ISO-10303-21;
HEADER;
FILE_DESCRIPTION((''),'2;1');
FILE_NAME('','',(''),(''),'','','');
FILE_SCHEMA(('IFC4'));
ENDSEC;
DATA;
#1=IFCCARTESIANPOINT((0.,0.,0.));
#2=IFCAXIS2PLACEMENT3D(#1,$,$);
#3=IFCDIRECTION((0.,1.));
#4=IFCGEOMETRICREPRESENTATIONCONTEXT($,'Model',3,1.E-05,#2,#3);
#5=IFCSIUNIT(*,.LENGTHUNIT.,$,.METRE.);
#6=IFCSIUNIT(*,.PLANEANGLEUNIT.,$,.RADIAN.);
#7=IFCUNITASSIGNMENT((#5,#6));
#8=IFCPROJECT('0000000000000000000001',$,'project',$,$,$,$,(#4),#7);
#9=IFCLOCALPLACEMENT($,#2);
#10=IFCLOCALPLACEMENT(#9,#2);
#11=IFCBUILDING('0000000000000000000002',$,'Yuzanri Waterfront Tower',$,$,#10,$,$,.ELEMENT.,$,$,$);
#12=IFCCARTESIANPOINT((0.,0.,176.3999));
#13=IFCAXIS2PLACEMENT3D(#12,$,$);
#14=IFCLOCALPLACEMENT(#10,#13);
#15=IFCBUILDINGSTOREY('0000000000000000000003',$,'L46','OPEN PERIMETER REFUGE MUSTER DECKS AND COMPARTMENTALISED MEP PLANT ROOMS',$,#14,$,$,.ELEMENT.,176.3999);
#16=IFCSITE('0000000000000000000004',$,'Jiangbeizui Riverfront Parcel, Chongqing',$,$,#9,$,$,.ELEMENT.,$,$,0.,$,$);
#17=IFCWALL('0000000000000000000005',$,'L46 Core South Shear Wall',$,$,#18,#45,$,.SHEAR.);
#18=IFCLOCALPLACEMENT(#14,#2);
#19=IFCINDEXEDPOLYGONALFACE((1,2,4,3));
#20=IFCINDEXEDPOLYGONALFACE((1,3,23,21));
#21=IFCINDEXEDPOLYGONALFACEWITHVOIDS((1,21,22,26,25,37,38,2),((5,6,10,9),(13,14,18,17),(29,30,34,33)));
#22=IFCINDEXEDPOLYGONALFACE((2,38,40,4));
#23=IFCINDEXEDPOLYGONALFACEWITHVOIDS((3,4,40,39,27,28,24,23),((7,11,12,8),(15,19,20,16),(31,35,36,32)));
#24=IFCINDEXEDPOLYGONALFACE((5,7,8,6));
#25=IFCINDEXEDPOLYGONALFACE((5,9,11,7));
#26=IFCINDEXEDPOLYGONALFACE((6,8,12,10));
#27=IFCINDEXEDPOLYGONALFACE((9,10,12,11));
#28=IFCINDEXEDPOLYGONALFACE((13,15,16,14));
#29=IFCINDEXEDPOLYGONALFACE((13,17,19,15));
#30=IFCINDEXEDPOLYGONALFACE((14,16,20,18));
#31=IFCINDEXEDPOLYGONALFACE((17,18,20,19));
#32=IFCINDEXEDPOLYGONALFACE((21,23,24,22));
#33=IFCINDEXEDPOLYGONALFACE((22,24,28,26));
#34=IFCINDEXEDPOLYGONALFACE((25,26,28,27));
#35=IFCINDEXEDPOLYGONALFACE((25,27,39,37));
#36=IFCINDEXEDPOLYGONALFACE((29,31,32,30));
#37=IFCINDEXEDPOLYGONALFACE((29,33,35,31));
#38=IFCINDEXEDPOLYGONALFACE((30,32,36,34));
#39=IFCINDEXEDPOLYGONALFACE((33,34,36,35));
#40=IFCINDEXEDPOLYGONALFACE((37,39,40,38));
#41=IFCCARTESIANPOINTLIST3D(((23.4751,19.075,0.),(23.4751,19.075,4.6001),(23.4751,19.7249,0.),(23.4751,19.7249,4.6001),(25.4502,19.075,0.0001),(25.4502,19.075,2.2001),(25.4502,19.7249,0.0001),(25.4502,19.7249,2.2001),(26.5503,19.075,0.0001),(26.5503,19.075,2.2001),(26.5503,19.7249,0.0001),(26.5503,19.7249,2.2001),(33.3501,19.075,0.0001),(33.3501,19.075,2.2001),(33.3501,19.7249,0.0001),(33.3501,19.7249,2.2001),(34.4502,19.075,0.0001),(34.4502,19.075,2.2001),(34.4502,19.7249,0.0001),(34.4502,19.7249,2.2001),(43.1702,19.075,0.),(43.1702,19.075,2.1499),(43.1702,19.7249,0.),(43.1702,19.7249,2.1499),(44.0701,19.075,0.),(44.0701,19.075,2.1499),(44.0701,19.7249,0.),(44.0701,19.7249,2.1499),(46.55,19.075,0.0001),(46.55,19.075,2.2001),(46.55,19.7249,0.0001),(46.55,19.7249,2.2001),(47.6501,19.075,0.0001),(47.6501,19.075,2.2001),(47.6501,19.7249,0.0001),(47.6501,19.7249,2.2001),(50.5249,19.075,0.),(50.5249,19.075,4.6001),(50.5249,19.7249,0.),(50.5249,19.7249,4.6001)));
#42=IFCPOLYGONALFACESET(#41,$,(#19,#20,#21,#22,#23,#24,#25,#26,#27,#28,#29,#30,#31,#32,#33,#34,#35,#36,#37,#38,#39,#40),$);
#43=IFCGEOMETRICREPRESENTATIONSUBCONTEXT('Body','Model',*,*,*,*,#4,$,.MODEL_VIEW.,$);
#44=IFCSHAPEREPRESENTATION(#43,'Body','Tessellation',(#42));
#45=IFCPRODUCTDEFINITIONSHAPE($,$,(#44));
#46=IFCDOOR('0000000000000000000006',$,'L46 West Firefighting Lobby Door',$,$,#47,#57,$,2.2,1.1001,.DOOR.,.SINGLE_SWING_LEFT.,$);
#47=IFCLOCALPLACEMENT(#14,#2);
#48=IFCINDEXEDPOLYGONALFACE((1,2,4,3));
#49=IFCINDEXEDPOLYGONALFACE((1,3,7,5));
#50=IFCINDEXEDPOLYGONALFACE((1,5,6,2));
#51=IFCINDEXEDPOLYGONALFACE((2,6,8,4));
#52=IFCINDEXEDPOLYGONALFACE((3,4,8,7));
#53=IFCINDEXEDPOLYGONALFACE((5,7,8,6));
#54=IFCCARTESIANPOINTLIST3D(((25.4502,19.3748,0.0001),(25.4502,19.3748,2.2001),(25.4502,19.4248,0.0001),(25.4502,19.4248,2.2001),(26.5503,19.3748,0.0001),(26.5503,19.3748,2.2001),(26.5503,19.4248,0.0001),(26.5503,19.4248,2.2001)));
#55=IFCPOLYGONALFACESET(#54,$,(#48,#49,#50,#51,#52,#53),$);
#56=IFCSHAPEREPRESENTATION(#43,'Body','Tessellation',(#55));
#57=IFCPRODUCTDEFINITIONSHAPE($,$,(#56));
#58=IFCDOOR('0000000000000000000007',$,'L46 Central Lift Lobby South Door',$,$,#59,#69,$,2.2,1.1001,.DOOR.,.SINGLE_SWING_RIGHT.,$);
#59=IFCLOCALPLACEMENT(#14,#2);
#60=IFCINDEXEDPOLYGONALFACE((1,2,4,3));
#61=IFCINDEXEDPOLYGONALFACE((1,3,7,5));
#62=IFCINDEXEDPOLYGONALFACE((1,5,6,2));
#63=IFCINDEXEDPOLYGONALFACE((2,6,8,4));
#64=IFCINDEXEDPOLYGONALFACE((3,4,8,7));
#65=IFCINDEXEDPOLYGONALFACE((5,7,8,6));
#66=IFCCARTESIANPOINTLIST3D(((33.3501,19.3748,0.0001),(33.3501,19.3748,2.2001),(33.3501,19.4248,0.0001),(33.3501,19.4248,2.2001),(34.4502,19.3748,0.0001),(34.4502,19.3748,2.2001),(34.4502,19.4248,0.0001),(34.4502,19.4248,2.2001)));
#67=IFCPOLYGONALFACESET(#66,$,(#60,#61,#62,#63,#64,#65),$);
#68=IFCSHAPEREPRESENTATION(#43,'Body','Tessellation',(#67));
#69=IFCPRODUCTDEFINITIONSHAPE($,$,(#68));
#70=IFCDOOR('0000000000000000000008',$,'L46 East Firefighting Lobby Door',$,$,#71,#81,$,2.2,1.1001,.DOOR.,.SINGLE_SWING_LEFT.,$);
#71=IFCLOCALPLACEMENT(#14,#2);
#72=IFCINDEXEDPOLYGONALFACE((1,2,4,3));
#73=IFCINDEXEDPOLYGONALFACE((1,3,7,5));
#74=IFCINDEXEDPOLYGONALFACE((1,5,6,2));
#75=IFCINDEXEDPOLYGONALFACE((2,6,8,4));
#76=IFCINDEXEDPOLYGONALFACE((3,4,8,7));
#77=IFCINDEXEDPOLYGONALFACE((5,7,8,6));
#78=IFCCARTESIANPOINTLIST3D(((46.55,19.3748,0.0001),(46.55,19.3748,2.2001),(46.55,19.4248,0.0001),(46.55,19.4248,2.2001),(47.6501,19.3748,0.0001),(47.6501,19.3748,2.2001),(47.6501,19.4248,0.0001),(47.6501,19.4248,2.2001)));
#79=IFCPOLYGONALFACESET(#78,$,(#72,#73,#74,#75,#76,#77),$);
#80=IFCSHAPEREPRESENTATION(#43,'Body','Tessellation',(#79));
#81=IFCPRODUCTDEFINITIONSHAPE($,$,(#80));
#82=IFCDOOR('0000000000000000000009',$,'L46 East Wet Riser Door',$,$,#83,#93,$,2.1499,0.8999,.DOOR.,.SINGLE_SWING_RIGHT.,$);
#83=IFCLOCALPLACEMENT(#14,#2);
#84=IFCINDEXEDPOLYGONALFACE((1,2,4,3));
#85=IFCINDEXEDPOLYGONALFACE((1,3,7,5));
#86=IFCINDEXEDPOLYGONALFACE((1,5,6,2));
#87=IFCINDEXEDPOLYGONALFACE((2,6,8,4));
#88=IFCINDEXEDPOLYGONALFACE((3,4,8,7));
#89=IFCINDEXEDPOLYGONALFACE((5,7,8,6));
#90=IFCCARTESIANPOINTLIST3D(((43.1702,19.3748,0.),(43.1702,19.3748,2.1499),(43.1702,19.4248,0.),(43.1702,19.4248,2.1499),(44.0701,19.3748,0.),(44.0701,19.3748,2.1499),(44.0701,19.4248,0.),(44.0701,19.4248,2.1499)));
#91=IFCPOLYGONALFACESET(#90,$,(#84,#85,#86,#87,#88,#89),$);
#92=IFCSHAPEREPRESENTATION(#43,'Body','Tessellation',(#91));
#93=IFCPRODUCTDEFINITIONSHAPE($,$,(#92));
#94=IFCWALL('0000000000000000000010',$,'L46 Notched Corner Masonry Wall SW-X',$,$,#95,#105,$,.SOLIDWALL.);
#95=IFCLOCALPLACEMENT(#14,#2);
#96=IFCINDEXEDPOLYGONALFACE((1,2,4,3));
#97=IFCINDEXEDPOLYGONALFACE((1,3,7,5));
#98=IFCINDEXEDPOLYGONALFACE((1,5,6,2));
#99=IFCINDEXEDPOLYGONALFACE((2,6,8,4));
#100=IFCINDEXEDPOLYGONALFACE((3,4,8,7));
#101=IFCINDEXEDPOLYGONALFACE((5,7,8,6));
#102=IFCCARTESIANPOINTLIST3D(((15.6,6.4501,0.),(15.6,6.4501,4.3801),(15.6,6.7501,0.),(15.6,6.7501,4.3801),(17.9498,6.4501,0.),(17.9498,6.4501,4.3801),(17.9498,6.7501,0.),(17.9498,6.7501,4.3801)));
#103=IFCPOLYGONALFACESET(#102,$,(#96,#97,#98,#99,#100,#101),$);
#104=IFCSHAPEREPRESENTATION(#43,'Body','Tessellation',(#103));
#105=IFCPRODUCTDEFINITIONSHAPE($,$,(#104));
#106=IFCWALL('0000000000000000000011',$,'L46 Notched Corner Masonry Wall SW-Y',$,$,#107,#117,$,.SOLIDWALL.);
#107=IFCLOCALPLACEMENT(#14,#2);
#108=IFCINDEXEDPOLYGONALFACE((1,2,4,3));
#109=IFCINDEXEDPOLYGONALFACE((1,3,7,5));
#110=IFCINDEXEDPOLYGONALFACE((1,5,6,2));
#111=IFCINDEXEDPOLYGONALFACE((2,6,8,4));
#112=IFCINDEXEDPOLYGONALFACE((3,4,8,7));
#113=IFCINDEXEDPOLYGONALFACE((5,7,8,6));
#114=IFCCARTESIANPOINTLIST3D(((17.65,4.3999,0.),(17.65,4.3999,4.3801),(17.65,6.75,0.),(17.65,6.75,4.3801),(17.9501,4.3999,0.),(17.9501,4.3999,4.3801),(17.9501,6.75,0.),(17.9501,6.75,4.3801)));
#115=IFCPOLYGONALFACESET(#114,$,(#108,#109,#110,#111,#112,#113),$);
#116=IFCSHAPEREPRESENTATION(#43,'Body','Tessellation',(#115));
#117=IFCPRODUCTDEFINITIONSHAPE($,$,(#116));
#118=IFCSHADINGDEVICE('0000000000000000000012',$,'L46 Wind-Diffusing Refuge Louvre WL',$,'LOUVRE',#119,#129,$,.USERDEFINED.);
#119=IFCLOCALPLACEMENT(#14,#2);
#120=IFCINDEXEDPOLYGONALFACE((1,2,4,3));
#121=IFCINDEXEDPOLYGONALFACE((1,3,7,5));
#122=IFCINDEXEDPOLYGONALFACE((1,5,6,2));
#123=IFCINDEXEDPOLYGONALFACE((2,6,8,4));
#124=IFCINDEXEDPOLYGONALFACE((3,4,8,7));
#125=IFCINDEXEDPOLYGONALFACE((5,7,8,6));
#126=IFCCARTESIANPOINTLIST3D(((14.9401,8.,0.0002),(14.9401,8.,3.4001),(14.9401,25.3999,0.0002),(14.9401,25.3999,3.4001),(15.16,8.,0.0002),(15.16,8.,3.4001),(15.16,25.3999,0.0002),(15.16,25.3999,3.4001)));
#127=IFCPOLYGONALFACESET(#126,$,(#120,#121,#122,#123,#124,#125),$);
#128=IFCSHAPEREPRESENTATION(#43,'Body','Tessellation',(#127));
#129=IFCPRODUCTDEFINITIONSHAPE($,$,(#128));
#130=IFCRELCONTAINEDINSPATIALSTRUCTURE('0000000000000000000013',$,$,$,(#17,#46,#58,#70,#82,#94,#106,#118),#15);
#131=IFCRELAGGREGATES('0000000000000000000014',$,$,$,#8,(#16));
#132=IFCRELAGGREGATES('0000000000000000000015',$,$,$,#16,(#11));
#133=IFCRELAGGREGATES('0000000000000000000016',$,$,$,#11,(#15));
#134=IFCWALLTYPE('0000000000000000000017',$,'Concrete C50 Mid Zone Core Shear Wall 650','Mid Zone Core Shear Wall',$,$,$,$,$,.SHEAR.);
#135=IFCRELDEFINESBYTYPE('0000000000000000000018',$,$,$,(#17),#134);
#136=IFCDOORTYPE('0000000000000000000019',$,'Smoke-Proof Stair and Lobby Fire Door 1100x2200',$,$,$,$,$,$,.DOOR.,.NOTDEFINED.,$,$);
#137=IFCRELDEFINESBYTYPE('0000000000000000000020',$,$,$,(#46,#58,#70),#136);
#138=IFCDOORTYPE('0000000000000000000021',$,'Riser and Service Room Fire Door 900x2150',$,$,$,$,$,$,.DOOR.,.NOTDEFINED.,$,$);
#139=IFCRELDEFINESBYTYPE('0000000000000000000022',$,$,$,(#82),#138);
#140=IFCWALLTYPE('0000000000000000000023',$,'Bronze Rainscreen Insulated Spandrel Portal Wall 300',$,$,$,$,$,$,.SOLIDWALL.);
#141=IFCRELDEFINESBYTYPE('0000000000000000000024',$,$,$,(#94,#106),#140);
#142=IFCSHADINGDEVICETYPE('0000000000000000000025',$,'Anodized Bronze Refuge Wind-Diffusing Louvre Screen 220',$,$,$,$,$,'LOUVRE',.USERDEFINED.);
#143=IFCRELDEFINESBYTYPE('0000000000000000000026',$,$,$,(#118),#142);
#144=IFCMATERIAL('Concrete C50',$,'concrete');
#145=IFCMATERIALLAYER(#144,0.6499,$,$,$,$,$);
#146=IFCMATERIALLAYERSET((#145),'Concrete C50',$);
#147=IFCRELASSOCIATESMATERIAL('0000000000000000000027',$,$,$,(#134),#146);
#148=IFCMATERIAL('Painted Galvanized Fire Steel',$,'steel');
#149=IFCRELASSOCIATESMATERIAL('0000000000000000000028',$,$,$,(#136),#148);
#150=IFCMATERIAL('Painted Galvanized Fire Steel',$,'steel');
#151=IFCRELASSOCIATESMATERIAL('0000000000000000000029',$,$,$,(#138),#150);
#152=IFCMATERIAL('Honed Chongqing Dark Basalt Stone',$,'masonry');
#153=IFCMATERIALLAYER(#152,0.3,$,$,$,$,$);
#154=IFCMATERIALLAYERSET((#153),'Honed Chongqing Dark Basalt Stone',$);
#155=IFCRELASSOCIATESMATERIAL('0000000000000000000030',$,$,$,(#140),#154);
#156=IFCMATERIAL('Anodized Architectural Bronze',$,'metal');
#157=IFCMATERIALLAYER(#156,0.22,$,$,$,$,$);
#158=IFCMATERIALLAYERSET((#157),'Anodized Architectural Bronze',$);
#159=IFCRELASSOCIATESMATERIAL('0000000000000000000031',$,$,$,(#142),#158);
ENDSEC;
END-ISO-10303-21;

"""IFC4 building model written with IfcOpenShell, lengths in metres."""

from ifc_helpers import new_model, si_unit, direction, frame, frame_2d, origin, origin_2d, place, context, subcontext, project, spatial, rectangle, extrude, source, transform, mapped, material, layer, layer_set, type_object, element, fill, save


model = new_model("IFC4")

# Units and contexts
model_context = context("Model", 3, precision=1e-05, world=origin(), true_north=direction((0.0, 1.0)))
body_context = subcontext(model_context, "Body", "Model", "MODEL_VIEW")
ifc_project = project(units=[si_unit("LENGTHUNIT", "METRE"), si_unit("PLANEANGLEUNIT", "RADIAN")], contexts=[model_context])

# Site, building, storey
site_placement = place(None, origin())
site = spatial("IfcSite", under=ifc_project, at=site_placement, Name="Jiangbeizui Riverfront Parcel, Chongqing", CompositionType="ELEMENT", RefElevation=0.0)
building_placement = place(site_placement, origin())
building = spatial("IfcBuilding", under=site, at=building_placement, Name="Yuzanri Waterfront Tower", CompositionType="ELEMENT")
storey_placement = place(building_placement, frame((0.0, 0.0, 176.3999)))
storey = spatial("IfcBuildingStorey", under=building, at=storey_placement, Name="L46", Description="OPEN PERIMETER REFUGE MUSTER DECKS AND COMPARTMENTALISED MEP PLANT ROOMS", CompositionType="ELEMENT", Elevation=176.3999)

# Wall, openings, doors
ifc_material_1 = material(Name="Concrete C50", Category="concrete")
ifc_layer_1 = layer(ifc_material_1, 0.6499)
ifc_layer_set_1 = layer_set([ifc_layer_1], Name="Concrete C50")
wall_type_1 = type_object("IfcWallType", Name="Concrete C50 Mid Zone Core Shear Wall 650", Description="Mid Zone Core Shear Wall", PredefinedType="SHEAR", material=ifc_layer_set_1)
wall_1_placement = place(storey_placement, frame((23.4751, 19.3999, 0.0), z_axis=(0.0, 0.0, 1.0), x_axis=(1.0, 0.0, 0.0)))
wall_1 = element("IfcWall", 1, at=wall_1_placement, inside=storey, type_object=wall_type_1, Name="L46 Core South Shear Wall", PredefinedType="SHEAR", context=body_context, shape_type="SweptSolid", body=[
    extrude(rectangle(XDim=27.0498, YDim=0.6499, at=frame_2d((13.5249, 0.0))), origin(), (0.0, 0.0, 1.0), 4.6001),
])
opening_1_placement = place(wall_1_placement, frame((1.9751, 0.0, 0.0)))
opening_1 = element("IfcOpeningElement", 2, at=opening_1_placement, cuts=wall_1, PredefinedType="OPENING", context=body_context, shape_type="SweptSolid", body=[
    extrude(rectangle(XDim=1.1001, YDim=2.2, at=frame_2d((0.55, 1.1001))), frame((0.0, 0.3398, 0.0), z_axis=(0.0, -1.0, 0.0), x_axis=(1.0, 0.0, 0.0)), (0.0, 0.0, 1.0), 0.6797),
])
opening_2_placement = place(wall_1_placement, frame((9.875, 0.0, 0.0)))
opening_2 = element("IfcOpeningElement", 3, at=opening_2_placement, cuts=wall_1, PredefinedType="OPENING", context=body_context, shape_type="SweptSolid", body=[
    extrude(rectangle(XDim=1.1001, YDim=2.2, at=frame_2d((0.55, 1.1001))), frame((0.0, 0.3398, 0.0), z_axis=(0.0, -1.0, 0.0), x_axis=(1.0, 0.0, 0.0)), (0.0, 0.0, 1.0), 0.6797),
])
opening_3_placement = place(wall_1_placement, frame((23.075, 0.0, 0.0)))
opening_3 = element("IfcOpeningElement", 4, at=opening_3_placement, cuts=wall_1, PredefinedType="OPENING", context=body_context, shape_type="SweptSolid", body=[
    extrude(rectangle(XDim=1.1001, YDim=2.2, at=frame_2d((0.55, 1.1001))), frame((0.0, 0.3398, 0.0), z_axis=(0.0, -1.0, 0.0), x_axis=(1.0, 0.0, 0.0)), (0.0, 0.0, 1.0), 0.6797),
])
opening_4_placement = place(wall_1_placement, frame((19.6951, 0.0, 0.0)))
opening_4 = element("IfcOpeningElement", 5, at=opening_4_placement, cuts=wall_1, PredefinedType="OPENING", context=body_context, shape_type="SweptSolid", body=[
    extrude(rectangle(XDim=0.8999, YDim=2.1499, at=frame_2d((0.45, 1.075))), frame((0.0, 0.3398, 0.0), z_axis=(0.0, -1.0, 0.0), x_axis=(1.0, 0.0, 0.0)), (0.0, 0.0, 1.0), 0.6797),
])
ifc_material_2 = material(Name="Painted Galvanized Fire Steel", Category="steel")
door_type_1 = type_object("IfcDoorType", Name="Smoke-Proof Stair and Lobby Fire Door 1100x2200", OperationType="NOTDEFINED", PredefinedType="DOOR", material=ifc_material_2)
shared_shape_1 = source(origin(), body_context, "Body", "SweptSolid", [
    extrude(rectangle(XDim=1.1001, YDim=2.2, at=frame_2d((0.55, 1.1001))), frame((0.0, 0.0249, 0.0), z_axis=(0.0, -1.0, 0.0), x_axis=(1.0, 0.0, 0.0)), (0.0, 0.0, 1.0), 0.05),
])
door_1_placement = place(opening_1_placement, origin())
door_1 = element("IfcDoor", 6, at=door_1_placement, inside=storey, type_object=door_type_1, Name="L46 West Firefighting Lobby Door", OperationType="SINGLE_SWING_LEFT", OverallHeight=2.2, OverallWidth=1.1001, PredefinedType="DOOR", context=body_context, shape_type="MappedRepresentation", body=[
    mapped(shared_shape_1, transform((0.0, 0.0, 0.0), scale=1.0)),
])
fill(opening_1, door_1)
door_2_placement = place(opening_2_placement, origin())
door_2 = element("IfcDoor", 7, at=door_2_placement, inside=storey, type_object=door_type_1, Name="L46 Central Lift Lobby South Door", OperationType="SINGLE_SWING_RIGHT", OverallHeight=2.2, OverallWidth=1.1001, PredefinedType="DOOR", context=body_context, shape_type="MappedRepresentation", body=[
    mapped(shared_shape_1, transform((0.0, 0.0, 0.0), scale=1.0)),
])
fill(opening_2, door_2)
door_3_placement = place(opening_3_placement, origin())
door_3 = element("IfcDoor", 8, at=door_3_placement, inside=storey, type_object=door_type_1, Name="L46 East Firefighting Lobby Door", OperationType="SINGLE_SWING_LEFT", OverallHeight=2.2, OverallWidth=1.1001, PredefinedType="DOOR", context=body_context, shape_type="MappedRepresentation", body=[
    mapped(shared_shape_1, transform((0.0, 0.0, 0.0), scale=1.0)),
])
fill(opening_3, door_3)
ifc_material_3 = material(Name="Painted Galvanized Fire Steel", Category="steel")
door_type_2 = type_object("IfcDoorType", Name="Riser and Service Room Fire Door 900x2150", OperationType="NOTDEFINED", PredefinedType="DOOR", material=ifc_material_3)
shared_shape_2 = source(origin(), body_context, "Body", "SweptSolid", [
    extrude(rectangle(XDim=0.8999, YDim=2.1499, at=frame_2d((0.45, 1.075))), frame((0.0, 0.0249, 0.0), z_axis=(0.0, -1.0, 0.0), x_axis=(1.0, 0.0, 0.0)), (0.0, 0.0, 1.0), 0.05),
])
door_4_placement = place(opening_4_placement, origin())
door_4 = element("IfcDoor", 9, at=door_4_placement, inside=storey, type_object=door_type_2, Name="L46 East Wet Riser Door", OperationType="SINGLE_SWING_RIGHT", OverallHeight=2.1499, OverallWidth=0.8999, PredefinedType="DOOR", context=body_context, shape_type="MappedRepresentation", body=[
    mapped(shared_shape_2, transform((0.0, 0.0, 0.0), scale=1.0)),
])
fill(opening_4, door_4)

# Walls
ifc_material_4 = material(Name="Honed Chongqing Dark Basalt Stone", Category="masonry")
ifc_layer_2 = layer(ifc_material_4, 0.3)
ifc_layer_set_2 = layer_set([ifc_layer_2], Name="Honed Chongqing Dark Basalt Stone")
wall_type_2 = type_object("IfcWallType", Name="Bronze Rainscreen Insulated Spandrel Portal Wall 300", PredefinedType="SOLIDWALL", material=ifc_layer_set_2)
shared_shape_3 = source(origin(), body_context, "Body", "SweptSolid", [
    extrude(rectangle(XDim=2.3499, YDim=0.3, at=frame_2d((1.1748, 0.0))), origin(), (0.0, 0.0, 1.0), 4.3801),
])
wall_2_placement = place(storey_placement, frame((15.6001, 6.6001, 0.0), z_axis=(0.0, 0.0, 1.0), x_axis=(1.0, 0.0, 0.0)))
element("IfcWall", 10, at=wall_2_placement, inside=storey, type_object=wall_type_2, Name="L46 Notched Corner Masonry Wall SW-X", PredefinedType="SOLIDWALL", context=body_context, shape_type="MappedRepresentation", body=[
    mapped(shared_shape_3, transform((0.0, 0.0, 0.0), scale=1.0)),
])
shared_shape_4 = source(origin(), body_context, "Body", "SweptSolid", [
    extrude(rectangle(XDim=2.3501, YDim=0.3, at=frame_2d((1.175, 0.0))), origin(), (0.0, 0.0, 1.0), 4.3801),
])
wall_3_placement = place(storey_placement, frame((17.8, 6.75, 0.0), z_axis=(0.0, 0.0, 1.0), x_axis=(0.0, -1.0, 0.0)))
element("IfcWall", 11, at=wall_3_placement, inside=storey, type_object=wall_type_2, Name="L46 Notched Corner Masonry Wall SW-Y", PredefinedType="SOLIDWALL", context=body_context, shape_type="MappedRepresentation", body=[
    mapped(shared_shape_4, transform((0.0, 0.0, 0.0), scale=1.0)),
])

# Shading device
ifc_material_5 = material(Name="Anodized Architectural Bronze", Category="metal")
ifc_layer_3 = layer(ifc_material_5, 0.22)
ifc_layer_set_3 = layer_set([ifc_layer_3], Name="Anodized Architectural Bronze")
shading_device_type = type_object("IfcShadingDeviceType", Name="Anodized Bronze Refuge Wind-Diffusing Louvre Screen 220", ElementType="LOUVRE", PredefinedType="USERDEFINED", material=ifc_layer_set_3)
shared_shape_5 = source(origin(), body_context, "Body", "SweptSolid", [
    extrude(rectangle(XDim=0.22, YDim=17.3999, at=origin_2d()), origin(), (0.0, 0.0, 1.0), 3.3999),
])
shading_device_placement = place(storey_placement, frame((15.05, 16.7, 0.0002), z_axis=(0.0, 0.0, 1.0), x_axis=(1.0, 0.0, 0.0)))
element("IfcShadingDevice", 12, at=shading_device_placement, inside=storey, type_object=shading_device_type, Name="L46 Wind-Diffusing Refuge Louvre WL", ObjectType="LOUVRE", PredefinedType="USERDEFINED", context=body_context, shape_type="MappedRepresentation", body=[
    mapped(shared_shape_5, transform((0.0, 0.0, 0.0), scale=1.0)),
])

save(model, "model.ifc")
